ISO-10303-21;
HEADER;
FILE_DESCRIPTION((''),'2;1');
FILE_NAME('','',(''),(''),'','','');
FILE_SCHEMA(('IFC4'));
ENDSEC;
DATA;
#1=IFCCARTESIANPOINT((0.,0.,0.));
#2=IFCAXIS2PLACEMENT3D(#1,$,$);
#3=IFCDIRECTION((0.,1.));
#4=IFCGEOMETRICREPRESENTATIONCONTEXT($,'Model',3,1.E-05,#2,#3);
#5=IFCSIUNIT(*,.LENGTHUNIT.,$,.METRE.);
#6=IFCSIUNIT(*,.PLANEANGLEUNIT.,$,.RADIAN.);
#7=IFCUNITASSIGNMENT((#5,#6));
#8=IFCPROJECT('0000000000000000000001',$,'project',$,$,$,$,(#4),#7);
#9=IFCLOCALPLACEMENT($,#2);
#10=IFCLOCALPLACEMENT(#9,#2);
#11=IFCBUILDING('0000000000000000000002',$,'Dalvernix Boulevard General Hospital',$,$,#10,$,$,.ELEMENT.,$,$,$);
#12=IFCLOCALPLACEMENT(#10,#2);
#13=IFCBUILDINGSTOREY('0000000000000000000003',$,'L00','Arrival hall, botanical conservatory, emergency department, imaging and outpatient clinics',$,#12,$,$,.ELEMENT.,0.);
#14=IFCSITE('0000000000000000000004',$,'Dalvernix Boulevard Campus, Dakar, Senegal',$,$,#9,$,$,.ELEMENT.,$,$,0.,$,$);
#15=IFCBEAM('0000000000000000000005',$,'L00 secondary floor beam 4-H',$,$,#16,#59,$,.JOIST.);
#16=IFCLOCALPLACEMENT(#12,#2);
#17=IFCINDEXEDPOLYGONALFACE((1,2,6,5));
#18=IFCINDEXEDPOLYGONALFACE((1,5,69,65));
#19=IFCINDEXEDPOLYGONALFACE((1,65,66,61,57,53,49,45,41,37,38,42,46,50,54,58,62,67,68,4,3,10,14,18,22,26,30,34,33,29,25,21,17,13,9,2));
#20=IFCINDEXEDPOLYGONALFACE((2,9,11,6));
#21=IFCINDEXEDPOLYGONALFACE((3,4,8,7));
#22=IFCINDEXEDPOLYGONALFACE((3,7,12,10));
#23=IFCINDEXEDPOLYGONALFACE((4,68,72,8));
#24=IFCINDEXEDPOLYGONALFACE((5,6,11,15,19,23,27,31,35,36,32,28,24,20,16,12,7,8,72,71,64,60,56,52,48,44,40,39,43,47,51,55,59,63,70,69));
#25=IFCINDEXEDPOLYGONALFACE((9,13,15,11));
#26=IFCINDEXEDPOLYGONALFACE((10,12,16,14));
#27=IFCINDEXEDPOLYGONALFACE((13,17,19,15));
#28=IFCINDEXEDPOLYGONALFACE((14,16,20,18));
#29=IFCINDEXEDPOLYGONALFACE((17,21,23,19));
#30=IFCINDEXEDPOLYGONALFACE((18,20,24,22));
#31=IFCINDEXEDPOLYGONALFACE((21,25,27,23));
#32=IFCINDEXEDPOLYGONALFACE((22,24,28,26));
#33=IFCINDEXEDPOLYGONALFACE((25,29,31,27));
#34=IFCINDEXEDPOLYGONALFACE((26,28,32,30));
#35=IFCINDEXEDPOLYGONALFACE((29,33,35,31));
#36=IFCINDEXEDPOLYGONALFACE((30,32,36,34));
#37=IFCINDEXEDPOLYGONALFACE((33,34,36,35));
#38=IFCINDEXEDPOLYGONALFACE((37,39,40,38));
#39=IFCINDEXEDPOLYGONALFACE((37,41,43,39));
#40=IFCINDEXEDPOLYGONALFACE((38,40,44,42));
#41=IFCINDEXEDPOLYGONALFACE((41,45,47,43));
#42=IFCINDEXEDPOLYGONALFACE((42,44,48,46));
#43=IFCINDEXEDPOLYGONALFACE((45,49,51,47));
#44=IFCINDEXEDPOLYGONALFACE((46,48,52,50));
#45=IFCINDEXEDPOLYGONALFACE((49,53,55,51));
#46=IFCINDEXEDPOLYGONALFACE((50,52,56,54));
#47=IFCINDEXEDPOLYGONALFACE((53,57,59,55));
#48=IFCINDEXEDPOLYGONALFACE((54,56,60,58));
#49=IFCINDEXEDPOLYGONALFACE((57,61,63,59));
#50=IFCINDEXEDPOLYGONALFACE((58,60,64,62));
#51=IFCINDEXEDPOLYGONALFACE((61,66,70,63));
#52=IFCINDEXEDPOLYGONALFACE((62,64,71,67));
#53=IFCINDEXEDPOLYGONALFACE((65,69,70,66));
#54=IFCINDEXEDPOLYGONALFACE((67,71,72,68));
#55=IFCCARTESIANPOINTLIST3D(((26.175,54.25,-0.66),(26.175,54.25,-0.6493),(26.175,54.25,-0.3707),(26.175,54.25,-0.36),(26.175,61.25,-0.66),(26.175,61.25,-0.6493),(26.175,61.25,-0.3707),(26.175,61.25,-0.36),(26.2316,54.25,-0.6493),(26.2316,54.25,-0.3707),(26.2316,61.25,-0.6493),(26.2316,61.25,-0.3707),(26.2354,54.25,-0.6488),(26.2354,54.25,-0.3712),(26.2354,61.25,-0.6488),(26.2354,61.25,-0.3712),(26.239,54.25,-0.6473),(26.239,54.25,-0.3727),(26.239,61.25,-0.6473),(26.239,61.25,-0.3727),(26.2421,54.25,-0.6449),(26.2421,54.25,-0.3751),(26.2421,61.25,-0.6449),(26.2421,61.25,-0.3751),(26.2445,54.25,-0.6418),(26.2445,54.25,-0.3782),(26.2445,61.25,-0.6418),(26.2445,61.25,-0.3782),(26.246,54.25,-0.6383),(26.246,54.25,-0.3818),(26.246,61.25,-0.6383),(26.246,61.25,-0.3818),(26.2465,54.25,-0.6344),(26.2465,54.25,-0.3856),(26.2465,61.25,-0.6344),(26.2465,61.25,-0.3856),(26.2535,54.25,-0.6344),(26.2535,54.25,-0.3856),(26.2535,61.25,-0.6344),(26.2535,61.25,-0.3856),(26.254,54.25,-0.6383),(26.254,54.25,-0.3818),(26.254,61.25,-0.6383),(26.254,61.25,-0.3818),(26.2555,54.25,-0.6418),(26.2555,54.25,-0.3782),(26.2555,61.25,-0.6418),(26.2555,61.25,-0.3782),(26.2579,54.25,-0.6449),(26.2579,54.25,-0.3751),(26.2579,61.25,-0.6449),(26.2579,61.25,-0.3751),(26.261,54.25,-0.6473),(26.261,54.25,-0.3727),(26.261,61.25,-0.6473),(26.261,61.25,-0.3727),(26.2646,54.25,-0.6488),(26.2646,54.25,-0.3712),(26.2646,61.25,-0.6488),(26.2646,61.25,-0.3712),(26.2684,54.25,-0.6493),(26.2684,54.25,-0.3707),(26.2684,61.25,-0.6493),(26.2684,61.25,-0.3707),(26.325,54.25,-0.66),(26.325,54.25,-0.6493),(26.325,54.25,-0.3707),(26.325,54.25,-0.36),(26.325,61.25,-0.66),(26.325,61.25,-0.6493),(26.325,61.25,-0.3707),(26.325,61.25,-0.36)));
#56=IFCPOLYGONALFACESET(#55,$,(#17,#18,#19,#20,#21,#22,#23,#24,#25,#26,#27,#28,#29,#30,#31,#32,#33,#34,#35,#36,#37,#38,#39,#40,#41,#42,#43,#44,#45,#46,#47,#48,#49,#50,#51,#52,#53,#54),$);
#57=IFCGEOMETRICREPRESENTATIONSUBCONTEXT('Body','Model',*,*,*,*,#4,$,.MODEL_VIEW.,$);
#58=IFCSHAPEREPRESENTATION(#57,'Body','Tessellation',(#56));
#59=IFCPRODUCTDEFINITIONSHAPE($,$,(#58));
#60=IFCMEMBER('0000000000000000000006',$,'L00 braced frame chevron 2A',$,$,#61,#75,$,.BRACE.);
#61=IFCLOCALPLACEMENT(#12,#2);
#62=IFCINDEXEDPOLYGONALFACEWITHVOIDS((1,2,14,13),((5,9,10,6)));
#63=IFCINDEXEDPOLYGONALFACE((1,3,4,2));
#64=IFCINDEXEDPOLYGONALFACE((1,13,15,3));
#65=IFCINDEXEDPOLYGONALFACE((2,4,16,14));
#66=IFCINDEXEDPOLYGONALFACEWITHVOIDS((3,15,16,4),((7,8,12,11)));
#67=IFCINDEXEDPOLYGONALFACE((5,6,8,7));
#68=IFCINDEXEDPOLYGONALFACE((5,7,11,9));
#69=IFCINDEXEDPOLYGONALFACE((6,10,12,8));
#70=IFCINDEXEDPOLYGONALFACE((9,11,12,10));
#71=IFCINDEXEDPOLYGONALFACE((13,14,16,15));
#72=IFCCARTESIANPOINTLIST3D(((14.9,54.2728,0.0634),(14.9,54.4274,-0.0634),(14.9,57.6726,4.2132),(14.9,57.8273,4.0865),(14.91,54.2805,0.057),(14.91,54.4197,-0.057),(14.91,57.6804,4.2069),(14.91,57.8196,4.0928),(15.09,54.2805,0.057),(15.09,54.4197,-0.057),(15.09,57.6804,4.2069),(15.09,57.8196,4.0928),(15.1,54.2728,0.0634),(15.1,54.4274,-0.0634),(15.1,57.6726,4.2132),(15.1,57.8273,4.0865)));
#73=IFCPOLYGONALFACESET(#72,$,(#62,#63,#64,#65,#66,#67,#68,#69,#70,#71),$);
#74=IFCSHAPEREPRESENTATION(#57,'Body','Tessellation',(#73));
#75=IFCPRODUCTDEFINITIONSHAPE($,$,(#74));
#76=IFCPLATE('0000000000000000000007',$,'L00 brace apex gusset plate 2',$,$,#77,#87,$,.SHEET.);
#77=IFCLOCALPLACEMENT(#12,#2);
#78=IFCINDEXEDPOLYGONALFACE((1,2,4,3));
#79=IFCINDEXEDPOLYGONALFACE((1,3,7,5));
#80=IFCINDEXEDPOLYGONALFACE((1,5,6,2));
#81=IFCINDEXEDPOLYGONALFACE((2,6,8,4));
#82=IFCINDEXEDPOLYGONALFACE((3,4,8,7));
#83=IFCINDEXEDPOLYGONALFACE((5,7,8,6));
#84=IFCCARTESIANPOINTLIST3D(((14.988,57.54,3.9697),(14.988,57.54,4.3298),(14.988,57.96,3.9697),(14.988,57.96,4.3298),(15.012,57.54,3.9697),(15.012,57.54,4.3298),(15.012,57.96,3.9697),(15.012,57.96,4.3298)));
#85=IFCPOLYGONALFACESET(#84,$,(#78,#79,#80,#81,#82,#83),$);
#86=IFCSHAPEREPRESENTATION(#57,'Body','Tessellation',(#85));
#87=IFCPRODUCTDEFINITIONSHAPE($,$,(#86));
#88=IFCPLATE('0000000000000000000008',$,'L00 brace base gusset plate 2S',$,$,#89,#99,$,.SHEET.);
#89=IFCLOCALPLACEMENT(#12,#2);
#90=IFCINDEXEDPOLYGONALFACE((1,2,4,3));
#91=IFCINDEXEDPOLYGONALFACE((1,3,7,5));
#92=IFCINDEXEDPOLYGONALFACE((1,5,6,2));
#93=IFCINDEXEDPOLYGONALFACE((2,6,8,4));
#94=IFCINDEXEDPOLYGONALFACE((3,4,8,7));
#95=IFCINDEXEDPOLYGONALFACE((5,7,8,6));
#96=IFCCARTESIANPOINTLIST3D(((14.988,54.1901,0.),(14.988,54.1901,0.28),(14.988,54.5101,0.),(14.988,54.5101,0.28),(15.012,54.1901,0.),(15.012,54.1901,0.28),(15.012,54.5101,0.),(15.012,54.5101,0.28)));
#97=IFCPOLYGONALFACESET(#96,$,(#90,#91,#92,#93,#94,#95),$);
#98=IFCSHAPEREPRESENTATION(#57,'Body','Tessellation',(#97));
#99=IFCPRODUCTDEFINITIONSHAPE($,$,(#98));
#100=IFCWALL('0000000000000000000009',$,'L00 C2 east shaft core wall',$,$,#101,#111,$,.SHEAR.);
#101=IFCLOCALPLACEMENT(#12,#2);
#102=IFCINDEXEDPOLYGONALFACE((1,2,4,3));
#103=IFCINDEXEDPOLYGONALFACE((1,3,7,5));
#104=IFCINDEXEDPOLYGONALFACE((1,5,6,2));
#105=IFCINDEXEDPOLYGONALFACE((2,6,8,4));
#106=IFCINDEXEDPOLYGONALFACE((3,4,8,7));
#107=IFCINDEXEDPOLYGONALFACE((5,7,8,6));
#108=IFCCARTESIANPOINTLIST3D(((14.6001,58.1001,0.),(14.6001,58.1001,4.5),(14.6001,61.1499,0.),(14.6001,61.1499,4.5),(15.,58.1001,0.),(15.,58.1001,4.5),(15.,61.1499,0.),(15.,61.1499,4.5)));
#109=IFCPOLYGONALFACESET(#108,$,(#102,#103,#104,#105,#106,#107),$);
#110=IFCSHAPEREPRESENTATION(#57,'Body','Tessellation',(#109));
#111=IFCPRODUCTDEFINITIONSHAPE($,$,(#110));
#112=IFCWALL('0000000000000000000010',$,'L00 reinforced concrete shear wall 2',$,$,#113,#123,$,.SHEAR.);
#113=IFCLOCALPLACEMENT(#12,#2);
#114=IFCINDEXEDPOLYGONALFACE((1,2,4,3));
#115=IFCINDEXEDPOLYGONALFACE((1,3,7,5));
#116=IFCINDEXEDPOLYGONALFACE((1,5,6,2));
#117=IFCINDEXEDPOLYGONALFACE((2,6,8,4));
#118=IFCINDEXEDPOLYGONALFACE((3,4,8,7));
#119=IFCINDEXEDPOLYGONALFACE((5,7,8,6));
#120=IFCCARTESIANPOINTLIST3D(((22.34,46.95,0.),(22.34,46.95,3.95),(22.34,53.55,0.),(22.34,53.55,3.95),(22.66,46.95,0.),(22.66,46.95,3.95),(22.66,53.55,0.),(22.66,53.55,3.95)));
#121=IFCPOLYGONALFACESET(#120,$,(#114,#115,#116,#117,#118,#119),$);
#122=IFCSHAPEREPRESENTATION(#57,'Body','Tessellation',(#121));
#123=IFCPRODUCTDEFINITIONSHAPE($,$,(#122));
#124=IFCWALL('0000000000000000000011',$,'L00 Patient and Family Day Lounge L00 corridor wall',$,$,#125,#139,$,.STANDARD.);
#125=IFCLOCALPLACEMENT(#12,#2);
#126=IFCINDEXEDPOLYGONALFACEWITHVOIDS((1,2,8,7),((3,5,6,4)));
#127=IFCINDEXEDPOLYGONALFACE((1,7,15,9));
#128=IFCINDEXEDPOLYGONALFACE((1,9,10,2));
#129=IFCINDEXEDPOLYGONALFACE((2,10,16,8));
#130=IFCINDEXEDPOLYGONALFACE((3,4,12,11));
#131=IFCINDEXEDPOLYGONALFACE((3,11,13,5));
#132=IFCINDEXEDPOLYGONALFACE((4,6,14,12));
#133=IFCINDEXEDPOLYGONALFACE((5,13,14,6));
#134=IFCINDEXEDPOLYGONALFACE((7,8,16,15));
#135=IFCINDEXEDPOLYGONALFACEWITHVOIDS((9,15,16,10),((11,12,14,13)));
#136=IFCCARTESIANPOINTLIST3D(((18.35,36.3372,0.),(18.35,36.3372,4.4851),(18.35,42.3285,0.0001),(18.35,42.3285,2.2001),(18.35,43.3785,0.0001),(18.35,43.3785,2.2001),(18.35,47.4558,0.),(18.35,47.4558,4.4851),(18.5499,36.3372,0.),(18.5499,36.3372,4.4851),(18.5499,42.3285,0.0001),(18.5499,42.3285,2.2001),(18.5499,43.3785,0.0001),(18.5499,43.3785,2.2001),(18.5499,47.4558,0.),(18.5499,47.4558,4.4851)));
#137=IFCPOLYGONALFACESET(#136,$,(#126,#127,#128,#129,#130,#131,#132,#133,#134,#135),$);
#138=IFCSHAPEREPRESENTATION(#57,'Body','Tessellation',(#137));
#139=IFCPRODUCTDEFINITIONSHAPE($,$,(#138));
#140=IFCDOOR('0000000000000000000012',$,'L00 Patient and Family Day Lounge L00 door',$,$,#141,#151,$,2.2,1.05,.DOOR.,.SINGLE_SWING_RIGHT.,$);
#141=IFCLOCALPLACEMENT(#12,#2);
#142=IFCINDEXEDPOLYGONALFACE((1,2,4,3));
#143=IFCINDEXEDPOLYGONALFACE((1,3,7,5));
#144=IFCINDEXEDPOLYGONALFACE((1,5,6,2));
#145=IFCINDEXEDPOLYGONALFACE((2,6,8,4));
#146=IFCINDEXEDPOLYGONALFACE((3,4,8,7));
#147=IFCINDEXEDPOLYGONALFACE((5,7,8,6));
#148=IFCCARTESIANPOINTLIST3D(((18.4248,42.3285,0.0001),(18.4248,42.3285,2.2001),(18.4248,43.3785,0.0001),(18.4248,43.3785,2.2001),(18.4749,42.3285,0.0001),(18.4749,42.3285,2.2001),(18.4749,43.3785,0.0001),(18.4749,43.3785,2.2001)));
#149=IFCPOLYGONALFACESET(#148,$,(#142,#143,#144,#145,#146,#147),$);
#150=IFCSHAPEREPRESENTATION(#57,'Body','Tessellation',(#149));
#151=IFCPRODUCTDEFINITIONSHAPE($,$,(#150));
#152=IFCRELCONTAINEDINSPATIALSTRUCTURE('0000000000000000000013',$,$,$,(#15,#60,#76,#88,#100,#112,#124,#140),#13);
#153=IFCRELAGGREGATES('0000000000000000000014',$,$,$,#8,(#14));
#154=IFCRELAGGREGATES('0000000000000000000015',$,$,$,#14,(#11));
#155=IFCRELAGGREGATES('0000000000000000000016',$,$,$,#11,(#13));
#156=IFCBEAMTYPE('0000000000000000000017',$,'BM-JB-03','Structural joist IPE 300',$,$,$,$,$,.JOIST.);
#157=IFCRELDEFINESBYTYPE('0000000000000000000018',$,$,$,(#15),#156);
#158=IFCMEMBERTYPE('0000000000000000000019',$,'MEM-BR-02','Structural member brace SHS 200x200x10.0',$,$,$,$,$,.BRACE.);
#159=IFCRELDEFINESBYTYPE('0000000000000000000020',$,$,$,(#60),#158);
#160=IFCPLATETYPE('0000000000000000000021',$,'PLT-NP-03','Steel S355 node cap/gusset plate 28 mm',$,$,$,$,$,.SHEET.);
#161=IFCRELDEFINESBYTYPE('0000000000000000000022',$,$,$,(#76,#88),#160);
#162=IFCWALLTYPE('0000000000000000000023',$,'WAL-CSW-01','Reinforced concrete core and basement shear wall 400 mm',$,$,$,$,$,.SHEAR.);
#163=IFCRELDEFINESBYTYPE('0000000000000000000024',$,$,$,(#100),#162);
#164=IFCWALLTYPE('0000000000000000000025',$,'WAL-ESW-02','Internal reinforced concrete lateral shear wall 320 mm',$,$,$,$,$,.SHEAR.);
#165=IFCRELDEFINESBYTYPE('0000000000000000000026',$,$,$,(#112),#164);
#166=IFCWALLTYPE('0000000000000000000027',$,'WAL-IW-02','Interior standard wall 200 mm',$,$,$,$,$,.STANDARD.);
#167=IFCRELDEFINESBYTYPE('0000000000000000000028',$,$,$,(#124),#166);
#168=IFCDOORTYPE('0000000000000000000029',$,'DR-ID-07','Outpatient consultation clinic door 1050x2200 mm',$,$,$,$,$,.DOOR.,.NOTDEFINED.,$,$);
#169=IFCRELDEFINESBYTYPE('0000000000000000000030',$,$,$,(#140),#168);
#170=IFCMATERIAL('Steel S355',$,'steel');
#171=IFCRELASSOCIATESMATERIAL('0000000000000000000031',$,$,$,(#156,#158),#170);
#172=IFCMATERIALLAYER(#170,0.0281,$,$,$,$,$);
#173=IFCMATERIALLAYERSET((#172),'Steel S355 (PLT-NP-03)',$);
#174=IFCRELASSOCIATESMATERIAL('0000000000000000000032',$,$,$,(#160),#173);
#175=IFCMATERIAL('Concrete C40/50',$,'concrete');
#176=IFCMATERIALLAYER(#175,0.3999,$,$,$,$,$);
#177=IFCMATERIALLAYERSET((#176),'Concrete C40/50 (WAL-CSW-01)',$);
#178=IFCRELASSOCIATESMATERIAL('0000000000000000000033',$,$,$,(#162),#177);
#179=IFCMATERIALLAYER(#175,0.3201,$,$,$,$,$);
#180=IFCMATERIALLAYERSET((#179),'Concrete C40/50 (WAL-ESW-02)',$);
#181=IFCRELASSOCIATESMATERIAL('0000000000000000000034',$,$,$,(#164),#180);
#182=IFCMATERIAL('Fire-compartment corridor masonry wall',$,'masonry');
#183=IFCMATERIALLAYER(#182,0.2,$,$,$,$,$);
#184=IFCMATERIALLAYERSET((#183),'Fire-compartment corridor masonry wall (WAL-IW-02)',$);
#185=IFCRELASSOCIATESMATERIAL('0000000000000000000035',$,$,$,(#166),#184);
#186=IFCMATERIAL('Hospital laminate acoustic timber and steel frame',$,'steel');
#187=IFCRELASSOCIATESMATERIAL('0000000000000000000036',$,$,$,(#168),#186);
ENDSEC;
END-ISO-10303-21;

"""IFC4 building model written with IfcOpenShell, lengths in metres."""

from ifc_helpers import new_model, si_unit, direction, frame, frame_2d, origin, origin_2d, place, context, subcontext, project, spatial, rectangle, hollow_rectangle, i_section, extrude, material, layer, layer_set, material_profile, profile_set, type_object, element, fill, save


model = new_model("IFC4")

# Units and contexts
model_context = context("Model", 3, precision=1e-05, world=origin(), true_north=direction((0.0, 1.0)))
body_context = subcontext(model_context, "Body", "Model", "MODEL_VIEW")
ifc_project = project(units=[si_unit("LENGTHUNIT", "METRE"), si_unit("PLANEANGLEUNIT", "RADIAN")], contexts=[model_context])

# Site, building, storey
site_placement = place(None, origin())
site = spatial("IfcSite", under=ifc_project, at=site_placement, Name="Dalvernix Boulevard Campus, Dakar, Senegal", CompositionType="ELEMENT", RefElevation=0.0)
building_placement = place(site_placement, origin())
building = spatial("IfcBuilding", under=site, at=building_placement, Name="Dalvernix Boulevard General Hospital", CompositionType="ELEMENT")
storey_placement = place(building_placement, origin())
storey = spatial("IfcBuildingStorey", under=building, at=storey_placement, Name="L00", Description="Arrival hall, botanical conservatory, emergency department, imaging and outpatient clinics", CompositionType="ELEMENT", Elevation=0.0)

# Shared definitions
ifc_material_1 = material(Name="Concrete C40/50", Category="concrete")

# Beam
ifc_material_2 = material(Name="Steel S355", Category="steel")
ifc_material_profile_1 = material_profile(ifc_material_2, i_section(OverallWidth=0.1499, OverallDepth=0.3, WebThickness=0.0071, FlangeThickness=0.0107, FilletRadius=0.0149, at=origin_2d()), Name="IPE 300")
ifc_profile_set_1 = profile_set([ifc_material_profile_1], Name="Steel S355")
beam_type_1 = type_object("IfcBeamType", Name="BM-JB-03", Description="Structural joist IPE 300", PredefinedType="JOIST", material=ifc_profile_set_1)
beam_1_placement = place(storey_placement, frame((26.25, 54.25, -0.51), z_axis=(0.0, 1.0, 0.0), x_axis=(-1.0, 0.0, 0.0)))
element("IfcBeam", 1, at=beam_1_placement, inside=storey, type_object=beam_type_1, Name="L00 secondary floor beam 4-H", PredefinedType="JOIST", context=body_context, shape_type="SweptSolid", body=[
    extrude(i_section(OverallWidth=0.1499, OverallDepth=0.3, WebThickness=0.0071, FlangeThickness=0.0107, FilletRadius=0.0149, at=origin_2d()), origin(), (0.0, 0.0, 1.0), 7.0),
])

# Member
ifc_material_profile_2 = material_profile(ifc_material_2, hollow_rectangle(XDim=0.2, YDim=0.2, WallThickness=0.01, at=origin_2d()), Name="SHS 200x200x10.0")
ifc_profile_set_2 = profile_set([ifc_material_profile_2], Name="Steel S355")
member_type = type_object("IfcMemberType", Name="MEM-BR-02", Description="Structural member brace SHS 200x200x10.0", PredefinedType="BRACE", material=ifc_profile_set_2)
member_placement = place(storey_placement, frame((15.0, 54.3501, 0.0), z_axis=(0.0, 0.633743, 0.773544), x_axis=(-1.0, 0.0, 0.0)))
element("IfcMember", 2, at=member_placement, inside=storey, type_object=member_type, Name="L00 braced frame chevron 2A", PredefinedType="BRACE", context=body_context, shape_type="SweptSolid", body=[
    extrude(hollow_rectangle(XDim=0.2, YDim=0.2, WallThickness=0.01, at=origin_2d()), origin(), (0.0, 0.0, 1.0), 5.3647),
])

# Plates
ifc_layer_1 = layer(ifc_material_2, 0.0281)
ifc_layer_set_1 = layer_set([ifc_layer_1], Name="Steel S355 (PLT-NP-03)")
plate_type = type_object("IfcPlateType", Name="PLT-NP-03", Description="Steel S355 node cap/gusset plate 28 mm", PredefinedType="SHEET", material=ifc_layer_set_1)
plate_1_placement = place(storey_placement, frame((15.0, 57.75, 3.9697), z_axis=(0.0, 0.0, 1.0), x_axis=(0.0, 1.0, 0.0)))
element("IfcPlate", 3, at=plate_1_placement, inside=storey, type_object=plate_type, Name="L00 brace apex gusset plate 2", PredefinedType="SHEET", context=body_context, shape_type="SweptSolid", body=[
    extrude(rectangle(XDim=0.4199, YDim=0.0239, at=origin_2d()), origin(), (0.0, 0.0, 1.0), 0.3601),
])
plate_2_placement = place(storey_placement, frame((15.0, 54.3501, 0.0), z_axis=(0.0, 0.0, 1.0), x_axis=(0.0, 1.0, 0.0)))
element("IfcPlate", 4, at=plate_2_placement, inside=storey, type_object=plate_type, Name="L00 brace base gusset plate 2S", PredefinedType="SHEET", context=body_context, shape_type="SweptSolid", body=[
    extrude(rectangle(XDim=0.3201, YDim=0.0239, at=origin_2d()), origin(), (0.0, 0.0, 1.0), 0.28),
])

# Walls
ifc_layer_2 = layer(ifc_material_1, 0.3999)
ifc_layer_set_2 = layer_set([ifc_layer_2], Name="Concrete C40/50 (WAL-CSW-01)")
wall_type_1 = type_object("IfcWallType", Name="WAL-CSW-01", Description="Reinforced concrete core and basement shear wall 400 mm", PredefinedType="SHEAR", material=ifc_layer_set_2)
wall_1_placement = place(storey_placement, frame((14.8, 58.1001, 0.0), z_axis=(0.0, 0.0, 1.0), x_axis=(0.0, 1.0, 0.0)))
element("IfcWall", 5, at=wall_1_placement, inside=storey, type_object=wall_type_1, Name="L00 C2 east shaft core wall", PredefinedType="SHEAR", context=body_context, shape_type="SweptSolid", body=[
    extrude(rectangle(XDim=3.0498, YDim=0.3999, at=frame_2d((1.5249, 0.0))), origin(), (0.0, 0.0, 1.0), 4.5),
])
ifc_layer_3 = layer(ifc_material_1, 0.3201)
ifc_layer_set_3 = layer_set([ifc_layer_3], Name="Concrete C40/50 (WAL-ESW-02)")
wall_type_2 = type_object("IfcWallType", Name="WAL-ESW-02", Description="Internal reinforced concrete lateral shear wall 320 mm", PredefinedType="SHEAR", material=ifc_layer_set_3)
wall_2_placement = place(storey_placement, frame((22.5, 46.95, 0.0), z_axis=(0.0, 0.0, 1.0), x_axis=(0.0, 1.0, 0.0)))
element("IfcWall", 6, at=wall_2_placement, inside=storey, type_object=wall_type_2, Name="L00 reinforced concrete shear wall 2", PredefinedType="SHEAR", context=body_context, shape_type="SweptSolid", body=[
    extrude(rectangle(XDim=6.6001, YDim=0.3201, at=frame_2d((3.3, 0.0))), origin(), (0.0, 0.0, 1.0), 3.95),
])

# Wall, opening, door
ifc_material_3 = material(Name="Fire-compartment corridor masonry wall", Category="masonry")
ifc_layer_4 = layer(ifc_material_3, 0.2)
ifc_layer_set_4 = layer_set([ifc_layer_4], Name="Fire-compartment corridor masonry wall (WAL-IW-02)")
wall_type_3 = type_object("IfcWallType", Name="WAL-IW-02", Description="Interior standard wall 200 mm", PredefinedType="STANDARD", material=ifc_layer_set_4)
ifc_material_4 = material(Name="Hospital laminate acoustic timber and steel frame", Category="steel")
wall_3_placement = place(storey_placement, frame((18.45, 47.4558, 0.0), z_axis=(0.0, 0.0, 1.0), x_axis=(0.0, -1.0, 0.0)))
wall_3 = element("IfcWall", 7, at=wall_3_placement, inside=storey, type_object=wall_type_3, Name="L00 Patient and Family Day Lounge L00 corridor wall", PredefinedType="STANDARD", context=body_context, shape_type="SweptSolid", body=[
    extrude(rectangle(XDim=11.1187, YDim=0.2, at=frame_2d((5.5593, 0.0))), origin(), (0.0, 0.0, 1.0), 4.4851),
])
opening_1_placement = place(wall_3_placement, frame((4.0774, 0.0, 0.0)))
opening_1 = element("IfcOpeningElement", 8, at=opening_1_placement, cuts=wall_3, PredefinedType="OPENING", context=body_context, shape_type="SweptSolid", body=[
    extrude(rectangle(XDim=1.05, YDim=2.2, at=frame_2d((0.5249, 1.1001))), frame((0.0, 0.1099, 0.0), z_axis=(0.0, -1.0, 0.0), x_axis=(1.0, 0.0, 0.0)), (0.0, 0.0, 1.0), 0.22),
])
door_type_1 = type_object("IfcDoorType", Name="DR-ID-07", Description="Outpatient consultation clinic door 1050x2200 mm", OperationType="NOTDEFINED", PredefinedType="DOOR", material=ifc_material_4)
door_1_placement = place(opening_1_placement, origin())
door_1 = element("IfcDoor", 9, at=door_1_placement, inside=storey, type_object=door_type_1, Name="L00 Patient and Family Day Lounge L00 door", OperationType="SINGLE_SWING_RIGHT", OverallHeight=2.2, OverallWidth=1.05, PredefinedType="DOOR", context=body_context, shape_type="SweptSolid", body=[
    extrude(rectangle(XDim=1.05, YDim=2.2, at=frame_2d((0.5249, 1.1001))), frame((0.0, 0.0249, 0.0), z_axis=(0.0, -1.0, 0.0), x_axis=(1.0, 0.0, 0.0)), (0.0, 0.0, 1.0), 0.05),
])
fill(opening_1, door_1)

save(model, "model.ifc")
